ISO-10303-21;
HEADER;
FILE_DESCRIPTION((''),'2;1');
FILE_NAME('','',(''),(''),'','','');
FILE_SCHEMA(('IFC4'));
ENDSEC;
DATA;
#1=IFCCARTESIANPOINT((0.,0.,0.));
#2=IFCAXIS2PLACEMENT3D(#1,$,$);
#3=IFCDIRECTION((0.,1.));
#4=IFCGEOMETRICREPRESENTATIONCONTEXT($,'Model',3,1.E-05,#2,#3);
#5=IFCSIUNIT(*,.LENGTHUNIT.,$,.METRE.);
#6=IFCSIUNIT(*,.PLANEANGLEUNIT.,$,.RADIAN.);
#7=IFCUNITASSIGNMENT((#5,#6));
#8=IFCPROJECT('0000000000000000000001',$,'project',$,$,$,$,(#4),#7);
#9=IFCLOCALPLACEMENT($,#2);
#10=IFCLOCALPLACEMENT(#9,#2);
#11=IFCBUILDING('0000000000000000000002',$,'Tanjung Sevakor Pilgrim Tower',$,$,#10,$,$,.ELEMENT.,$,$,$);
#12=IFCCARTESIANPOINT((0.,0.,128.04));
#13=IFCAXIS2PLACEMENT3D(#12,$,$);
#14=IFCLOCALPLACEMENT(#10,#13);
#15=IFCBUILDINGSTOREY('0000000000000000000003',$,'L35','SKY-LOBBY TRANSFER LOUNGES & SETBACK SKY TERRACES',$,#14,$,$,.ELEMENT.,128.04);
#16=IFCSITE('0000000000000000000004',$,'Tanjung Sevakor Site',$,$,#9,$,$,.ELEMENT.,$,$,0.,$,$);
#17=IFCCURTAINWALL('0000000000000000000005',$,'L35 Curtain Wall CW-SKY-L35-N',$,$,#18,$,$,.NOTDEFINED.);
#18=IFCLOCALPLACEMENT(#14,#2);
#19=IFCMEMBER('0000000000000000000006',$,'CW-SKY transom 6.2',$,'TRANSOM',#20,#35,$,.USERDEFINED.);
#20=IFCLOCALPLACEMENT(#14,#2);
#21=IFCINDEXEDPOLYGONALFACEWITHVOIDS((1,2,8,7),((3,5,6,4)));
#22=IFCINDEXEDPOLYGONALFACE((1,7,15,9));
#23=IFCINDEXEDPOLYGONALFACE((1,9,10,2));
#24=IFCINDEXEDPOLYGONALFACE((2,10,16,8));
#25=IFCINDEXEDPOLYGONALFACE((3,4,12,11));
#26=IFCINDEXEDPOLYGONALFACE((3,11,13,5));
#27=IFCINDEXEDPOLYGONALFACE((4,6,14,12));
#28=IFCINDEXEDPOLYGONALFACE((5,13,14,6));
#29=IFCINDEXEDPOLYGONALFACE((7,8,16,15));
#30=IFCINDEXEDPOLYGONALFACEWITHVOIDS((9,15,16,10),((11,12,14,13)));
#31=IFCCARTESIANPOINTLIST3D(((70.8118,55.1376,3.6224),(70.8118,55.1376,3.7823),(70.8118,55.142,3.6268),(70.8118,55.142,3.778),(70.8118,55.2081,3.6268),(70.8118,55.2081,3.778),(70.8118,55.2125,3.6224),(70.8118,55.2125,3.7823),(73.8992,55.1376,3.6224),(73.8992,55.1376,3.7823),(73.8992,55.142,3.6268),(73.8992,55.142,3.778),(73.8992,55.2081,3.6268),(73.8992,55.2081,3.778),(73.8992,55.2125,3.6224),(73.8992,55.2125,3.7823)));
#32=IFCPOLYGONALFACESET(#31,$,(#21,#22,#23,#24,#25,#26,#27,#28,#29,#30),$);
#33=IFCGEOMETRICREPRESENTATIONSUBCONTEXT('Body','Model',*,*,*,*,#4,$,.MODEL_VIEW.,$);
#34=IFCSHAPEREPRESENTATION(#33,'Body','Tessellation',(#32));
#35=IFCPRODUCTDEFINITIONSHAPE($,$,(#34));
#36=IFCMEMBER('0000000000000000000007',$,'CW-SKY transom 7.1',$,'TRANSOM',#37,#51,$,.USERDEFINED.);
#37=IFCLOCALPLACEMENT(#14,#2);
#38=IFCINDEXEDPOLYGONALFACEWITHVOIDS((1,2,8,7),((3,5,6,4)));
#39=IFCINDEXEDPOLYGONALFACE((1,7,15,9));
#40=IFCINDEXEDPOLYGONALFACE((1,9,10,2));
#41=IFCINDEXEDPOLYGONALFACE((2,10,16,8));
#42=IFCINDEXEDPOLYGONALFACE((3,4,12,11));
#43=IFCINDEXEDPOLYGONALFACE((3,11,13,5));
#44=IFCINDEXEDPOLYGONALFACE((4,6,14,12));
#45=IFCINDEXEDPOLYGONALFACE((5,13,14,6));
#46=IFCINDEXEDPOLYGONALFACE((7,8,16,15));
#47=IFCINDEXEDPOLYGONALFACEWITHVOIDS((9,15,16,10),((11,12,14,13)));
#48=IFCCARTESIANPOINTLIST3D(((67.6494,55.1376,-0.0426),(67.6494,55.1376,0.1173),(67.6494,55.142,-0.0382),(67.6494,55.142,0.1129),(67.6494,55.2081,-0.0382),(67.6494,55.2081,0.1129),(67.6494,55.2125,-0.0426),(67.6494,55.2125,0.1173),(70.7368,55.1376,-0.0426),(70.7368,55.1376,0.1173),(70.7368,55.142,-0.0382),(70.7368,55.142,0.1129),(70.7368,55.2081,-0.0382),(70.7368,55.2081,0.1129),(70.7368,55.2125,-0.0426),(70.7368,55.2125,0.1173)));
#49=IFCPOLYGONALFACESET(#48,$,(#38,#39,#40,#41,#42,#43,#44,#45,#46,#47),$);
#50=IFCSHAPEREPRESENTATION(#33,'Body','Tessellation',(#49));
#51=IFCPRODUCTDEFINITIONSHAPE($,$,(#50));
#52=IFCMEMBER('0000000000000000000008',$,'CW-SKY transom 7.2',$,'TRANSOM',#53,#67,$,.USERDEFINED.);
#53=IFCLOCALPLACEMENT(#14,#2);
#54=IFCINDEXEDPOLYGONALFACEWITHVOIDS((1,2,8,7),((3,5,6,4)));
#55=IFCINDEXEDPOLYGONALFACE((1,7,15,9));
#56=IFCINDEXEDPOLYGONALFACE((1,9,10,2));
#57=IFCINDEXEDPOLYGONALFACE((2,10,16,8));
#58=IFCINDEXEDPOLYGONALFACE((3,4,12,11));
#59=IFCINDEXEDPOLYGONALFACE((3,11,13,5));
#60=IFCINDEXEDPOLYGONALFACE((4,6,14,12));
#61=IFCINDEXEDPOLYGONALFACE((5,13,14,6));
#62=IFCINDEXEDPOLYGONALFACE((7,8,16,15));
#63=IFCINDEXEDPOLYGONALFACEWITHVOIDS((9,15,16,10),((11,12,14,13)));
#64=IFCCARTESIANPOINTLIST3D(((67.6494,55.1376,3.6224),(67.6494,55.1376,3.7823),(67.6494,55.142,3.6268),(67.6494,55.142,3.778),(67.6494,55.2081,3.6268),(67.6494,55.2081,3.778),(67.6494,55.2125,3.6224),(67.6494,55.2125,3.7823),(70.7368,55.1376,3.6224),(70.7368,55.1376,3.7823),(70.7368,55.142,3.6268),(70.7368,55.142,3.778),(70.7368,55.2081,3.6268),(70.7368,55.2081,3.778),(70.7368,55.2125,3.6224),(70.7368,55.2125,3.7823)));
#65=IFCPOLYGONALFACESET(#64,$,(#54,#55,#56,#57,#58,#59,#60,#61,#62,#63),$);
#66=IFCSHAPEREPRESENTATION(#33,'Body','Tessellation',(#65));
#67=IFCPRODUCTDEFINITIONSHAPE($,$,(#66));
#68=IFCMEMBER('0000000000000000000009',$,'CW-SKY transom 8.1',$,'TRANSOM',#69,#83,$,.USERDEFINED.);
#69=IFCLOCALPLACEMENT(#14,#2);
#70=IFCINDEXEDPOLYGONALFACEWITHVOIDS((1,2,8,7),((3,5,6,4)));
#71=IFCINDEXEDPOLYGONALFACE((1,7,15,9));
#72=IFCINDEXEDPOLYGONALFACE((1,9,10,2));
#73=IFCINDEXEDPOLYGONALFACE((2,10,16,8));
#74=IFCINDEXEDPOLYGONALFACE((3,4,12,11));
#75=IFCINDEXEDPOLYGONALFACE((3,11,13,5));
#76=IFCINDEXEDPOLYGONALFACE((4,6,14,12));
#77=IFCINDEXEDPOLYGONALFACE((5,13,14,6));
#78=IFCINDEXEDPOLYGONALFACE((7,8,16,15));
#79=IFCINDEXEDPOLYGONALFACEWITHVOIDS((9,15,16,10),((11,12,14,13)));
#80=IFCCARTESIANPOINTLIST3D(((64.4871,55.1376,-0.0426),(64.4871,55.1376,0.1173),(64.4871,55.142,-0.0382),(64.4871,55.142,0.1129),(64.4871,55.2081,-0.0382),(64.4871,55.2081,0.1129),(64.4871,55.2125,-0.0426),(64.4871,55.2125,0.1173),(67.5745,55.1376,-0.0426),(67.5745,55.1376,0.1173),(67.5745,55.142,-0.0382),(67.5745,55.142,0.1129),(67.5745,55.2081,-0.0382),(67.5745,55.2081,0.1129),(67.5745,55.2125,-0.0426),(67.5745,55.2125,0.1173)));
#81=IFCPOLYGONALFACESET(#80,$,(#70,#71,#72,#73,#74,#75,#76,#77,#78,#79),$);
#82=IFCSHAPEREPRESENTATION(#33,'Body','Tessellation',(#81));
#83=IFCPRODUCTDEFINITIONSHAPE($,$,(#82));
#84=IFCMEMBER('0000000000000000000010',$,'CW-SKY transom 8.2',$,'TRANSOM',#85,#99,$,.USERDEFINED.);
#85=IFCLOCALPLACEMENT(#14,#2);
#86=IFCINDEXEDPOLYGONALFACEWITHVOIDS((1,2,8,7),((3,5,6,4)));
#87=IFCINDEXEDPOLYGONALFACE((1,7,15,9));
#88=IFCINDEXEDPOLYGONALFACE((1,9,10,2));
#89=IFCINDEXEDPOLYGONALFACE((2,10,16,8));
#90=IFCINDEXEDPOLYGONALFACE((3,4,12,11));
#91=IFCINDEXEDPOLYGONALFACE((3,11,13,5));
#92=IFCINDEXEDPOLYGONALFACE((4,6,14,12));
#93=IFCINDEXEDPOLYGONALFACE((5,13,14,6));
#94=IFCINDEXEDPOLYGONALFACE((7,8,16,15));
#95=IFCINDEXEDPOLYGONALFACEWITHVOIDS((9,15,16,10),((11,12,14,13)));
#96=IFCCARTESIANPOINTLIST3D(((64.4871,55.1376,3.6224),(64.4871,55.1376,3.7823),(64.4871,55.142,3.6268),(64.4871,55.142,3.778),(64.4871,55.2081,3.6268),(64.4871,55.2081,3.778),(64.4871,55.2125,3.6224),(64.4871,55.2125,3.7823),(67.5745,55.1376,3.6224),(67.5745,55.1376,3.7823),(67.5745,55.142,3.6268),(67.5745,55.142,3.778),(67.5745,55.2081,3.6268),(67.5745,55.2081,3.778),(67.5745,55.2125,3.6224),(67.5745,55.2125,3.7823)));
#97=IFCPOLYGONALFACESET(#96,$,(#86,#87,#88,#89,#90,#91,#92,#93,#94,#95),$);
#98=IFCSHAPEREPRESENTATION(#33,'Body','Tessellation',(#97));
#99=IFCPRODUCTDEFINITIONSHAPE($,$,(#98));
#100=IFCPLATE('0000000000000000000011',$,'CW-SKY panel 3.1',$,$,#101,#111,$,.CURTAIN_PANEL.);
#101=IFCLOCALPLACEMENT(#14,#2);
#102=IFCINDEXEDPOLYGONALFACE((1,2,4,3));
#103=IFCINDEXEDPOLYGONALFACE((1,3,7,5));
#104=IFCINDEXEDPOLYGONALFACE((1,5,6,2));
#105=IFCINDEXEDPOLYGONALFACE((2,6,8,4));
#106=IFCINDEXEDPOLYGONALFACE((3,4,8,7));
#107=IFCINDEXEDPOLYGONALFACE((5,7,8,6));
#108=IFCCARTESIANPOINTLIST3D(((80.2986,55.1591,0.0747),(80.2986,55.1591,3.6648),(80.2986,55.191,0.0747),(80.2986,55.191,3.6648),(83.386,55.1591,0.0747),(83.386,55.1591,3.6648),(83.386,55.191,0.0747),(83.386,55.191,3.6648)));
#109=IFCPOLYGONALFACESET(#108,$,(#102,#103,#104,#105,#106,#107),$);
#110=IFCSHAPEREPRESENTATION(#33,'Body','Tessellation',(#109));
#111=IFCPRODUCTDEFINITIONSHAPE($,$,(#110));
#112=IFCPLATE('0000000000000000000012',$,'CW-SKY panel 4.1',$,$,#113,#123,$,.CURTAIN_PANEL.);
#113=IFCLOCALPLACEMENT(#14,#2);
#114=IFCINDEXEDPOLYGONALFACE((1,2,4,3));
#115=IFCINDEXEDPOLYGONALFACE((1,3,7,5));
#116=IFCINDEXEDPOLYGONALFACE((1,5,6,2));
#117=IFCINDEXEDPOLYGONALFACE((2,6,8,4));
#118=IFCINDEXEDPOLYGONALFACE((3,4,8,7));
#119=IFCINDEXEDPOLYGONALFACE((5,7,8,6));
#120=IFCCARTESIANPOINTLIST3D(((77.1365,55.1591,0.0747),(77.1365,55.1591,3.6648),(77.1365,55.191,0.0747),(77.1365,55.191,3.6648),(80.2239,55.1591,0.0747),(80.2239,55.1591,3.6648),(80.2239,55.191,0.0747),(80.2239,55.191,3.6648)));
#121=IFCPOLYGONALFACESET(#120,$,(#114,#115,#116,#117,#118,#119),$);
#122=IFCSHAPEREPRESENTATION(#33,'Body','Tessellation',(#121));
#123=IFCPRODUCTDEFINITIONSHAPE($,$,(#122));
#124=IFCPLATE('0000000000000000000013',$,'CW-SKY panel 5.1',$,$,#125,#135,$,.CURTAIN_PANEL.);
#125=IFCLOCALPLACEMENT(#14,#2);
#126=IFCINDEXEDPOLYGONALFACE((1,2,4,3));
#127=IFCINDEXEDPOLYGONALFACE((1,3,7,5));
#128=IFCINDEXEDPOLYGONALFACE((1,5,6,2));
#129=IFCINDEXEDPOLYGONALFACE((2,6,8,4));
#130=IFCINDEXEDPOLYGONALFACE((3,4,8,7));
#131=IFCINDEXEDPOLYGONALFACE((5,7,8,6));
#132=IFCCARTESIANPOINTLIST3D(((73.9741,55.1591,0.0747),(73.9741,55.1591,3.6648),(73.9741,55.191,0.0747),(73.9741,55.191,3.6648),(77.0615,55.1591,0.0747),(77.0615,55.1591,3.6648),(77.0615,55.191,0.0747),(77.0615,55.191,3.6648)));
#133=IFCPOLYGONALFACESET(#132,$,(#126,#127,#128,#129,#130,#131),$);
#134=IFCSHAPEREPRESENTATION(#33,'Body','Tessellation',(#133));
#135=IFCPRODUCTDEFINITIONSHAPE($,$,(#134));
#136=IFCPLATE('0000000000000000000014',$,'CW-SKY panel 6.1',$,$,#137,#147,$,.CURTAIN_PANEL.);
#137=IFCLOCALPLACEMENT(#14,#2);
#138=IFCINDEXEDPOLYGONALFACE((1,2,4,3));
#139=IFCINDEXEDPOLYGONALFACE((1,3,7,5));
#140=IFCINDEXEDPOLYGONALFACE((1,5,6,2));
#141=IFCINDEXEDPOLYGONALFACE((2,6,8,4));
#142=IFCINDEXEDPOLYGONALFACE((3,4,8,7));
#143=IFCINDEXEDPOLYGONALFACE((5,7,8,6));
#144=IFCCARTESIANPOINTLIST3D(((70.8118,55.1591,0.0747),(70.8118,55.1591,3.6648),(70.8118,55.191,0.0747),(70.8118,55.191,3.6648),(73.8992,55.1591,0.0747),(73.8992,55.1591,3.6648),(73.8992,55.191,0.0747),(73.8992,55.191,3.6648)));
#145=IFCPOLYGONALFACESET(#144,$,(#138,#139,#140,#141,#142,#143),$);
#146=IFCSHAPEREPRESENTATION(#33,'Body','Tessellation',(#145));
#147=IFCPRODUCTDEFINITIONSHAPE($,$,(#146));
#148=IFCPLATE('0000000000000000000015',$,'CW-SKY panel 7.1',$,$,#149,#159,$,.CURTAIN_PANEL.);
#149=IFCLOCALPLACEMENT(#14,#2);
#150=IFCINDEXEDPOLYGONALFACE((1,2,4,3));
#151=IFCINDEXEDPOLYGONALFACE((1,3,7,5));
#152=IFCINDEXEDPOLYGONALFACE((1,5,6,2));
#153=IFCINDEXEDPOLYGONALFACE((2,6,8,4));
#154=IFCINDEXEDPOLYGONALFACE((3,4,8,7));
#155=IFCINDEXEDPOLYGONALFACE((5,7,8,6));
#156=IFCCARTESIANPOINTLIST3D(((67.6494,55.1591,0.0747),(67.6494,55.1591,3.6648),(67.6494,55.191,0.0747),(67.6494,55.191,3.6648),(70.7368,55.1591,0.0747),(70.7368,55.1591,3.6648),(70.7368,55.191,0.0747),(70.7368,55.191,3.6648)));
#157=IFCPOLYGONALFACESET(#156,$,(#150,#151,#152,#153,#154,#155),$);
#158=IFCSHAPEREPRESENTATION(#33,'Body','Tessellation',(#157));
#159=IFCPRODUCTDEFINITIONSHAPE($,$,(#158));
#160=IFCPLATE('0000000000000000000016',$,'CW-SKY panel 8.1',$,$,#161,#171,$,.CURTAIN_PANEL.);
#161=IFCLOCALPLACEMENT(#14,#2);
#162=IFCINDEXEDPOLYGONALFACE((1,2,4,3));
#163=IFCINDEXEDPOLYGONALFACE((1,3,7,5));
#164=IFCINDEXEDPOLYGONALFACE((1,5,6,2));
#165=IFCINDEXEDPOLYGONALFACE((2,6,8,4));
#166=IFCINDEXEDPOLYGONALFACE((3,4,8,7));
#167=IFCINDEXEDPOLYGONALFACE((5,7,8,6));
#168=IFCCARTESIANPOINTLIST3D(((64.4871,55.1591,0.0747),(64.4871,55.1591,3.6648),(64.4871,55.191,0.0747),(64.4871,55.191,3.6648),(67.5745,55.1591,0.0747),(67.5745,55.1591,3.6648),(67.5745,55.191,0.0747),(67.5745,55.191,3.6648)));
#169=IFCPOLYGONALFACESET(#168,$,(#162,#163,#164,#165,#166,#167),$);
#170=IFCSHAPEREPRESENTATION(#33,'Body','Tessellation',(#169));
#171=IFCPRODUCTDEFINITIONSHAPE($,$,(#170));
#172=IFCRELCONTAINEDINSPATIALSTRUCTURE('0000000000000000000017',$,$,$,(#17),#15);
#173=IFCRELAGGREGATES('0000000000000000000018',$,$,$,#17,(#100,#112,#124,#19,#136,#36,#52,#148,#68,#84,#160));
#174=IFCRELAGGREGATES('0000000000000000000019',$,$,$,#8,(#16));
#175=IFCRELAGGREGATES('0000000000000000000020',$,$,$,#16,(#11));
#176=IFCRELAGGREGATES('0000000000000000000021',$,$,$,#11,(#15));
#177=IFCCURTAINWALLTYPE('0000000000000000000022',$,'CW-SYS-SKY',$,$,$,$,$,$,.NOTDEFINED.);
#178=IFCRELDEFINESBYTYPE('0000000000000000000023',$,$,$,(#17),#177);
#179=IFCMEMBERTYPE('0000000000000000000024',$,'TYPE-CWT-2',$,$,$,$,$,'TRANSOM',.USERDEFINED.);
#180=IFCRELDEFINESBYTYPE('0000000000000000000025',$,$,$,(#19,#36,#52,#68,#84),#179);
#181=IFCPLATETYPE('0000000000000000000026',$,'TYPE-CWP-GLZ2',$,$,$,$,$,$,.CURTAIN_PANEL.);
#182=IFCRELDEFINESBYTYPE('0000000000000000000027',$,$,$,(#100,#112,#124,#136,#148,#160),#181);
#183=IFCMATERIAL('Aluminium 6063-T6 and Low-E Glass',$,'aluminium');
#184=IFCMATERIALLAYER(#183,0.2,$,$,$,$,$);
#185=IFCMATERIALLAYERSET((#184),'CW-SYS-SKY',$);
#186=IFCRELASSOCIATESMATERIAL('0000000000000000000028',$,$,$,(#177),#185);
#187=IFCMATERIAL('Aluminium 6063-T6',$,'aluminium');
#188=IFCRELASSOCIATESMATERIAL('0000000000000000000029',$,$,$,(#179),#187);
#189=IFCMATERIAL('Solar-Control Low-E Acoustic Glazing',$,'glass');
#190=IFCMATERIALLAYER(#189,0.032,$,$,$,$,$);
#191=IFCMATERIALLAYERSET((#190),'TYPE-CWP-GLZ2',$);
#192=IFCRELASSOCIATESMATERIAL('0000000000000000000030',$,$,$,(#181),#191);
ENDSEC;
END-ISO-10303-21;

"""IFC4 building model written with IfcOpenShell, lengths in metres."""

from ifc_helpers import new_model, si_unit, direction, frame, origin, origin_2d, place, context, subcontext, project, spatial, rectangle, hollow_rectangle, extrude, material, layer, layer_set, material_profile, profile_set, type_object, element, aggregate, save


model = new_model("IFC4")

# Units and contexts
model_context = context("Model", 3, precision=1e-05, world=origin(), true_north=direction((0.0, 1.0)))
body_context = subcontext(model_context, "Body", "Model", "MODEL_VIEW")
ifc_project = project(units=[si_unit("LENGTHUNIT", "METRE"), si_unit("PLANEANGLEUNIT", "RADIAN")], contexts=[model_context])

# Site, building, storey
site_placement = place(None, origin())
site = spatial("IfcSite", under=ifc_project, at=site_placement, Name="Tanjung Sevakor Site", CompositionType="ELEMENT", RefElevation=0.0)
building_placement = place(site_placement, origin())
building = spatial("IfcBuilding", under=site, at=building_placement, Name="Tanjung Sevakor Pilgrim Tower", CompositionType="ELEMENT")
storey_placement = place(building_placement, frame((0.0, 0.0, 128.04)))
storey = spatial("IfcBuildingStorey", under=building, at=storey_placement, Name="L35", Description="SKY-LOBBY TRANSFER LOUNGES & SETBACK SKY TERRACES", CompositionType="ELEMENT", Elevation=128.04)

# Curtain wall, members, plates
ifc_material_1 = material(Name="Aluminium 6063-T6 and Low-E Glass", Category="aluminium")
ifc_layer_1 = layer(ifc_material_1, 0.2)
ifc_layer_set_1 = layer_set([ifc_layer_1], Name="CW-SYS-SKY")
curtain_wall_type = type_object("IfcCurtainWallType", Name="CW-SYS-SKY", PredefinedType="NOTDEFINED", material=ifc_layer_set_1)
curtain_wall_placement = place(storey_placement, origin())
curtain_wall = element("IfcCurtainWall", 1, at=curtain_wall_placement, inside=storey, type_object=curtain_wall_type, Name="L35 Curtain Wall CW-SKY-L35-N", PredefinedType="NOTDEFINED")
ifc_material_2 = material(Name="Aluminium 6063-T6", Category="aluminium")
ifc_material_profile_1 = material_profile(ifc_material_2, hollow_rectangle(XDim=0.075, YDim=0.1599, WallThickness=0.0044, at=origin_2d()))
ifc_profile_set_1 = profile_set([ifc_material_profile_1], Name="Aluminium 6063-T6")
member_type_1 = type_object("IfcMemberType", Name="TYPE-CWT-2", ElementType="TRANSOM", PredefinedType="USERDEFINED", material=ifc_profile_set_1)
member_1_placement = place(storey_placement, frame((73.8992, 55.175, 3.7024), z_axis=(-1.0, 0.0, 0.0), x_axis=(0.0, -1.0, 0.0)))
member_1 = element("IfcMember", 2, at=member_1_placement, type_object=member_type_1, Name="CW-SKY transom 6.2", ObjectType="TRANSOM", PredefinedType="USERDEFINED", context=body_context, shape_type="SweptSolid", body=[
    extrude(hollow_rectangle(XDim=0.075, YDim=0.1599, WallThickness=0.0044, at=origin_2d()), origin(), (0.0, 0.0, 1.0), 3.0874),
])
member_2_placement = place(storey_placement, frame((70.7368, 55.175, 0.0374), z_axis=(-1.0, 0.0, 0.0), x_axis=(0.0, -1.0, 0.0)))
member_2 = element("IfcMember", 3, at=member_2_placement, type_object=member_type_1, Name="CW-SKY transom 7.1", ObjectType="TRANSOM", PredefinedType="USERDEFINED", context=body_context, shape_type="SweptSolid", body=[
    extrude(hollow_rectangle(XDim=0.075, YDim=0.1599, WallThickness=0.0044, at=origin_2d()), origin(), (0.0, 0.0, 1.0), 3.0874),
])
member_3_placement = place(storey_placement, frame((70.7368, 55.175, 3.7024), z_axis=(-1.0, 0.0, 0.0), x_axis=(0.0, -1.0, 0.0)))
member_3 = element("IfcMember", 4, at=member_3_placement, type_object=member_type_1, Name="CW-SKY transom 7.2", ObjectType="TRANSOM", PredefinedType="USERDEFINED", context=body_context, shape_type="SweptSolid", body=[
    extrude(hollow_rectangle(XDim=0.075, YDim=0.1599, WallThickness=0.0044, at=origin_2d()), origin(), (0.0, 0.0, 1.0), 3.0874),
])
member_4_placement = place(storey_placement, frame((67.5745, 55.175, 0.0374), z_axis=(-1.0, 0.0, 0.0), x_axis=(0.0, -1.0, 0.0)))
member_4 = element("IfcMember", 5, at=member_4_placement, type_object=member_type_1, Name="CW-SKY transom 8.1", ObjectType="TRANSOM", PredefinedType="USERDEFINED", context=body_context, shape_type="SweptSolid", body=[
    extrude(hollow_rectangle(XDim=0.075, YDim=0.1599, WallThickness=0.0044, at=origin_2d()), origin(), (0.0, 0.0, 1.0), 3.0874),
])
member_5_placement = place(storey_placement, frame((67.5745, 55.175, 3.7024), z_axis=(-1.0, 0.0, 0.0), x_axis=(0.0, -1.0, 0.0)))
member_5 = element("IfcMember", 6, at=member_5_placement, type_object=member_type_1, Name="CW-SKY transom 8.2", ObjectType="TRANSOM", PredefinedType="USERDEFINED", context=body_context, shape_type="SweptSolid", body=[
    extrude(hollow_rectangle(XDim=0.075, YDim=0.1599, WallThickness=0.0044, at=origin_2d()), origin(), (0.0, 0.0, 1.0), 3.0874),
])
ifc_material_3 = material(Name="Solar-Control Low-E Acoustic Glazing", Category="glass")
ifc_layer_2 = layer(ifc_material_3, 0.032)
ifc_layer_set_2 = layer_set([ifc_layer_2], Name="TYPE-CWP-GLZ2")
plate_type = type_object("IfcPlateType", Name="TYPE-CWP-GLZ2", PredefinedType="CURTAIN_PANEL", material=ifc_layer_set_2)
plate_1_placement = place(storey_placement, frame((81.8423, 55.175, 0.0747), z_axis=(0.0, 0.0, 1.0), x_axis=(-1.0, 0.0, 0.0)))
plate_1 = element("IfcPlate", 7, at=plate_1_placement, type_object=plate_type, Name="CW-SKY panel 3.1", PredefinedType="CURTAIN_PANEL", context=body_context, shape_type="SweptSolid", body=[
    extrude(rectangle(XDim=3.0874, YDim=0.032, at=origin_2d()), origin(), (0.0, 0.0, 1.0), 3.5901),
])
plate_2_placement = place(storey_placement, frame((78.6802, 55.175, 0.0747), z_axis=(0.0, 0.0, 1.0), x_axis=(-1.0, 0.0, 0.0)))
plate_2 = element("IfcPlate", 8, at=plate_2_placement, type_object=plate_type, Name="CW-SKY panel 4.1", PredefinedType="CURTAIN_PANEL", context=body_context, shape_type="SweptSolid", body=[
    extrude(rectangle(XDim=3.0874, YDim=0.032, at=origin_2d()), origin(), (0.0, 0.0, 1.0), 3.5901),
])
plate_3_placement = place(storey_placement, frame((75.5178, 55.175, 0.0747), z_axis=(0.0, 0.0, 1.0), x_axis=(-1.0, 0.0, 0.0)))
plate_3 = element("IfcPlate", 9, at=plate_3_placement, type_object=plate_type, Name="CW-SKY panel 5.1", PredefinedType="CURTAIN_PANEL", context=body_context, shape_type="SweptSolid", body=[
    extrude(rectangle(XDim=3.0874, YDim=0.032, at=origin_2d()), origin(), (0.0, 0.0, 1.0), 3.5901),
])
plate_4_placement = place(storey_placement, frame((72.3555, 55.175, 0.0747), z_axis=(0.0, 0.0, 1.0), x_axis=(-1.0, 0.0, 0.0)))
plate_4 = element("IfcPlate", 10, at=plate_4_placement, type_object=plate_type, Name="CW-SKY panel 6.1", PredefinedType="CURTAIN_PANEL", context=body_context, shape_type="SweptSolid", body=[
    extrude(rectangle(XDim=3.0874, YDim=0.032, at=origin_2d()), origin(), (0.0, 0.0, 1.0), 3.5901),
])
plate_5_placement = place(storey_placement, frame((69.1931, 55.175, 0.0747), z_axis=(0.0, 0.0, 1.0), x_axis=(-1.0, 0.0, 0.0)))
plate_5 = element("IfcPlate", 11, at=plate_5_placement, type_object=plate_type, Name="CW-SKY panel 7.1", PredefinedType="CURTAIN_PANEL", context=body_context, shape_type="SweptSolid", body=[
    extrude(rectangle(XDim=3.0874, YDim=0.032, at=origin_2d()), origin(), (0.0, 0.0, 1.0), 3.5901),
])
plate_6_placement = place(storey_placement, frame((66.0308, 55.175, 0.0747), z_axis=(0.0, 0.0, 1.0), x_axis=(-1.0, 0.0, 0.0)))
plate_6 = element("IfcPlate", 12, at=plate_6_placement, type_object=plate_type, Name="CW-SKY panel 8.1", PredefinedType="CURTAIN_PANEL", context=body_context, shape_type="SweptSolid", body=[
    extrude(rectangle(XDim=3.0874, YDim=0.032, at=origin_2d()), origin(), (0.0, 0.0, 1.0), 3.5901),
])
aggregate(curtain_wall, [plate_1, plate_2, plate_3, member_1, plate_4, member_2, member_3, plate_5, member_4, member_5, plate_6])

save(model, "model.ifc")
